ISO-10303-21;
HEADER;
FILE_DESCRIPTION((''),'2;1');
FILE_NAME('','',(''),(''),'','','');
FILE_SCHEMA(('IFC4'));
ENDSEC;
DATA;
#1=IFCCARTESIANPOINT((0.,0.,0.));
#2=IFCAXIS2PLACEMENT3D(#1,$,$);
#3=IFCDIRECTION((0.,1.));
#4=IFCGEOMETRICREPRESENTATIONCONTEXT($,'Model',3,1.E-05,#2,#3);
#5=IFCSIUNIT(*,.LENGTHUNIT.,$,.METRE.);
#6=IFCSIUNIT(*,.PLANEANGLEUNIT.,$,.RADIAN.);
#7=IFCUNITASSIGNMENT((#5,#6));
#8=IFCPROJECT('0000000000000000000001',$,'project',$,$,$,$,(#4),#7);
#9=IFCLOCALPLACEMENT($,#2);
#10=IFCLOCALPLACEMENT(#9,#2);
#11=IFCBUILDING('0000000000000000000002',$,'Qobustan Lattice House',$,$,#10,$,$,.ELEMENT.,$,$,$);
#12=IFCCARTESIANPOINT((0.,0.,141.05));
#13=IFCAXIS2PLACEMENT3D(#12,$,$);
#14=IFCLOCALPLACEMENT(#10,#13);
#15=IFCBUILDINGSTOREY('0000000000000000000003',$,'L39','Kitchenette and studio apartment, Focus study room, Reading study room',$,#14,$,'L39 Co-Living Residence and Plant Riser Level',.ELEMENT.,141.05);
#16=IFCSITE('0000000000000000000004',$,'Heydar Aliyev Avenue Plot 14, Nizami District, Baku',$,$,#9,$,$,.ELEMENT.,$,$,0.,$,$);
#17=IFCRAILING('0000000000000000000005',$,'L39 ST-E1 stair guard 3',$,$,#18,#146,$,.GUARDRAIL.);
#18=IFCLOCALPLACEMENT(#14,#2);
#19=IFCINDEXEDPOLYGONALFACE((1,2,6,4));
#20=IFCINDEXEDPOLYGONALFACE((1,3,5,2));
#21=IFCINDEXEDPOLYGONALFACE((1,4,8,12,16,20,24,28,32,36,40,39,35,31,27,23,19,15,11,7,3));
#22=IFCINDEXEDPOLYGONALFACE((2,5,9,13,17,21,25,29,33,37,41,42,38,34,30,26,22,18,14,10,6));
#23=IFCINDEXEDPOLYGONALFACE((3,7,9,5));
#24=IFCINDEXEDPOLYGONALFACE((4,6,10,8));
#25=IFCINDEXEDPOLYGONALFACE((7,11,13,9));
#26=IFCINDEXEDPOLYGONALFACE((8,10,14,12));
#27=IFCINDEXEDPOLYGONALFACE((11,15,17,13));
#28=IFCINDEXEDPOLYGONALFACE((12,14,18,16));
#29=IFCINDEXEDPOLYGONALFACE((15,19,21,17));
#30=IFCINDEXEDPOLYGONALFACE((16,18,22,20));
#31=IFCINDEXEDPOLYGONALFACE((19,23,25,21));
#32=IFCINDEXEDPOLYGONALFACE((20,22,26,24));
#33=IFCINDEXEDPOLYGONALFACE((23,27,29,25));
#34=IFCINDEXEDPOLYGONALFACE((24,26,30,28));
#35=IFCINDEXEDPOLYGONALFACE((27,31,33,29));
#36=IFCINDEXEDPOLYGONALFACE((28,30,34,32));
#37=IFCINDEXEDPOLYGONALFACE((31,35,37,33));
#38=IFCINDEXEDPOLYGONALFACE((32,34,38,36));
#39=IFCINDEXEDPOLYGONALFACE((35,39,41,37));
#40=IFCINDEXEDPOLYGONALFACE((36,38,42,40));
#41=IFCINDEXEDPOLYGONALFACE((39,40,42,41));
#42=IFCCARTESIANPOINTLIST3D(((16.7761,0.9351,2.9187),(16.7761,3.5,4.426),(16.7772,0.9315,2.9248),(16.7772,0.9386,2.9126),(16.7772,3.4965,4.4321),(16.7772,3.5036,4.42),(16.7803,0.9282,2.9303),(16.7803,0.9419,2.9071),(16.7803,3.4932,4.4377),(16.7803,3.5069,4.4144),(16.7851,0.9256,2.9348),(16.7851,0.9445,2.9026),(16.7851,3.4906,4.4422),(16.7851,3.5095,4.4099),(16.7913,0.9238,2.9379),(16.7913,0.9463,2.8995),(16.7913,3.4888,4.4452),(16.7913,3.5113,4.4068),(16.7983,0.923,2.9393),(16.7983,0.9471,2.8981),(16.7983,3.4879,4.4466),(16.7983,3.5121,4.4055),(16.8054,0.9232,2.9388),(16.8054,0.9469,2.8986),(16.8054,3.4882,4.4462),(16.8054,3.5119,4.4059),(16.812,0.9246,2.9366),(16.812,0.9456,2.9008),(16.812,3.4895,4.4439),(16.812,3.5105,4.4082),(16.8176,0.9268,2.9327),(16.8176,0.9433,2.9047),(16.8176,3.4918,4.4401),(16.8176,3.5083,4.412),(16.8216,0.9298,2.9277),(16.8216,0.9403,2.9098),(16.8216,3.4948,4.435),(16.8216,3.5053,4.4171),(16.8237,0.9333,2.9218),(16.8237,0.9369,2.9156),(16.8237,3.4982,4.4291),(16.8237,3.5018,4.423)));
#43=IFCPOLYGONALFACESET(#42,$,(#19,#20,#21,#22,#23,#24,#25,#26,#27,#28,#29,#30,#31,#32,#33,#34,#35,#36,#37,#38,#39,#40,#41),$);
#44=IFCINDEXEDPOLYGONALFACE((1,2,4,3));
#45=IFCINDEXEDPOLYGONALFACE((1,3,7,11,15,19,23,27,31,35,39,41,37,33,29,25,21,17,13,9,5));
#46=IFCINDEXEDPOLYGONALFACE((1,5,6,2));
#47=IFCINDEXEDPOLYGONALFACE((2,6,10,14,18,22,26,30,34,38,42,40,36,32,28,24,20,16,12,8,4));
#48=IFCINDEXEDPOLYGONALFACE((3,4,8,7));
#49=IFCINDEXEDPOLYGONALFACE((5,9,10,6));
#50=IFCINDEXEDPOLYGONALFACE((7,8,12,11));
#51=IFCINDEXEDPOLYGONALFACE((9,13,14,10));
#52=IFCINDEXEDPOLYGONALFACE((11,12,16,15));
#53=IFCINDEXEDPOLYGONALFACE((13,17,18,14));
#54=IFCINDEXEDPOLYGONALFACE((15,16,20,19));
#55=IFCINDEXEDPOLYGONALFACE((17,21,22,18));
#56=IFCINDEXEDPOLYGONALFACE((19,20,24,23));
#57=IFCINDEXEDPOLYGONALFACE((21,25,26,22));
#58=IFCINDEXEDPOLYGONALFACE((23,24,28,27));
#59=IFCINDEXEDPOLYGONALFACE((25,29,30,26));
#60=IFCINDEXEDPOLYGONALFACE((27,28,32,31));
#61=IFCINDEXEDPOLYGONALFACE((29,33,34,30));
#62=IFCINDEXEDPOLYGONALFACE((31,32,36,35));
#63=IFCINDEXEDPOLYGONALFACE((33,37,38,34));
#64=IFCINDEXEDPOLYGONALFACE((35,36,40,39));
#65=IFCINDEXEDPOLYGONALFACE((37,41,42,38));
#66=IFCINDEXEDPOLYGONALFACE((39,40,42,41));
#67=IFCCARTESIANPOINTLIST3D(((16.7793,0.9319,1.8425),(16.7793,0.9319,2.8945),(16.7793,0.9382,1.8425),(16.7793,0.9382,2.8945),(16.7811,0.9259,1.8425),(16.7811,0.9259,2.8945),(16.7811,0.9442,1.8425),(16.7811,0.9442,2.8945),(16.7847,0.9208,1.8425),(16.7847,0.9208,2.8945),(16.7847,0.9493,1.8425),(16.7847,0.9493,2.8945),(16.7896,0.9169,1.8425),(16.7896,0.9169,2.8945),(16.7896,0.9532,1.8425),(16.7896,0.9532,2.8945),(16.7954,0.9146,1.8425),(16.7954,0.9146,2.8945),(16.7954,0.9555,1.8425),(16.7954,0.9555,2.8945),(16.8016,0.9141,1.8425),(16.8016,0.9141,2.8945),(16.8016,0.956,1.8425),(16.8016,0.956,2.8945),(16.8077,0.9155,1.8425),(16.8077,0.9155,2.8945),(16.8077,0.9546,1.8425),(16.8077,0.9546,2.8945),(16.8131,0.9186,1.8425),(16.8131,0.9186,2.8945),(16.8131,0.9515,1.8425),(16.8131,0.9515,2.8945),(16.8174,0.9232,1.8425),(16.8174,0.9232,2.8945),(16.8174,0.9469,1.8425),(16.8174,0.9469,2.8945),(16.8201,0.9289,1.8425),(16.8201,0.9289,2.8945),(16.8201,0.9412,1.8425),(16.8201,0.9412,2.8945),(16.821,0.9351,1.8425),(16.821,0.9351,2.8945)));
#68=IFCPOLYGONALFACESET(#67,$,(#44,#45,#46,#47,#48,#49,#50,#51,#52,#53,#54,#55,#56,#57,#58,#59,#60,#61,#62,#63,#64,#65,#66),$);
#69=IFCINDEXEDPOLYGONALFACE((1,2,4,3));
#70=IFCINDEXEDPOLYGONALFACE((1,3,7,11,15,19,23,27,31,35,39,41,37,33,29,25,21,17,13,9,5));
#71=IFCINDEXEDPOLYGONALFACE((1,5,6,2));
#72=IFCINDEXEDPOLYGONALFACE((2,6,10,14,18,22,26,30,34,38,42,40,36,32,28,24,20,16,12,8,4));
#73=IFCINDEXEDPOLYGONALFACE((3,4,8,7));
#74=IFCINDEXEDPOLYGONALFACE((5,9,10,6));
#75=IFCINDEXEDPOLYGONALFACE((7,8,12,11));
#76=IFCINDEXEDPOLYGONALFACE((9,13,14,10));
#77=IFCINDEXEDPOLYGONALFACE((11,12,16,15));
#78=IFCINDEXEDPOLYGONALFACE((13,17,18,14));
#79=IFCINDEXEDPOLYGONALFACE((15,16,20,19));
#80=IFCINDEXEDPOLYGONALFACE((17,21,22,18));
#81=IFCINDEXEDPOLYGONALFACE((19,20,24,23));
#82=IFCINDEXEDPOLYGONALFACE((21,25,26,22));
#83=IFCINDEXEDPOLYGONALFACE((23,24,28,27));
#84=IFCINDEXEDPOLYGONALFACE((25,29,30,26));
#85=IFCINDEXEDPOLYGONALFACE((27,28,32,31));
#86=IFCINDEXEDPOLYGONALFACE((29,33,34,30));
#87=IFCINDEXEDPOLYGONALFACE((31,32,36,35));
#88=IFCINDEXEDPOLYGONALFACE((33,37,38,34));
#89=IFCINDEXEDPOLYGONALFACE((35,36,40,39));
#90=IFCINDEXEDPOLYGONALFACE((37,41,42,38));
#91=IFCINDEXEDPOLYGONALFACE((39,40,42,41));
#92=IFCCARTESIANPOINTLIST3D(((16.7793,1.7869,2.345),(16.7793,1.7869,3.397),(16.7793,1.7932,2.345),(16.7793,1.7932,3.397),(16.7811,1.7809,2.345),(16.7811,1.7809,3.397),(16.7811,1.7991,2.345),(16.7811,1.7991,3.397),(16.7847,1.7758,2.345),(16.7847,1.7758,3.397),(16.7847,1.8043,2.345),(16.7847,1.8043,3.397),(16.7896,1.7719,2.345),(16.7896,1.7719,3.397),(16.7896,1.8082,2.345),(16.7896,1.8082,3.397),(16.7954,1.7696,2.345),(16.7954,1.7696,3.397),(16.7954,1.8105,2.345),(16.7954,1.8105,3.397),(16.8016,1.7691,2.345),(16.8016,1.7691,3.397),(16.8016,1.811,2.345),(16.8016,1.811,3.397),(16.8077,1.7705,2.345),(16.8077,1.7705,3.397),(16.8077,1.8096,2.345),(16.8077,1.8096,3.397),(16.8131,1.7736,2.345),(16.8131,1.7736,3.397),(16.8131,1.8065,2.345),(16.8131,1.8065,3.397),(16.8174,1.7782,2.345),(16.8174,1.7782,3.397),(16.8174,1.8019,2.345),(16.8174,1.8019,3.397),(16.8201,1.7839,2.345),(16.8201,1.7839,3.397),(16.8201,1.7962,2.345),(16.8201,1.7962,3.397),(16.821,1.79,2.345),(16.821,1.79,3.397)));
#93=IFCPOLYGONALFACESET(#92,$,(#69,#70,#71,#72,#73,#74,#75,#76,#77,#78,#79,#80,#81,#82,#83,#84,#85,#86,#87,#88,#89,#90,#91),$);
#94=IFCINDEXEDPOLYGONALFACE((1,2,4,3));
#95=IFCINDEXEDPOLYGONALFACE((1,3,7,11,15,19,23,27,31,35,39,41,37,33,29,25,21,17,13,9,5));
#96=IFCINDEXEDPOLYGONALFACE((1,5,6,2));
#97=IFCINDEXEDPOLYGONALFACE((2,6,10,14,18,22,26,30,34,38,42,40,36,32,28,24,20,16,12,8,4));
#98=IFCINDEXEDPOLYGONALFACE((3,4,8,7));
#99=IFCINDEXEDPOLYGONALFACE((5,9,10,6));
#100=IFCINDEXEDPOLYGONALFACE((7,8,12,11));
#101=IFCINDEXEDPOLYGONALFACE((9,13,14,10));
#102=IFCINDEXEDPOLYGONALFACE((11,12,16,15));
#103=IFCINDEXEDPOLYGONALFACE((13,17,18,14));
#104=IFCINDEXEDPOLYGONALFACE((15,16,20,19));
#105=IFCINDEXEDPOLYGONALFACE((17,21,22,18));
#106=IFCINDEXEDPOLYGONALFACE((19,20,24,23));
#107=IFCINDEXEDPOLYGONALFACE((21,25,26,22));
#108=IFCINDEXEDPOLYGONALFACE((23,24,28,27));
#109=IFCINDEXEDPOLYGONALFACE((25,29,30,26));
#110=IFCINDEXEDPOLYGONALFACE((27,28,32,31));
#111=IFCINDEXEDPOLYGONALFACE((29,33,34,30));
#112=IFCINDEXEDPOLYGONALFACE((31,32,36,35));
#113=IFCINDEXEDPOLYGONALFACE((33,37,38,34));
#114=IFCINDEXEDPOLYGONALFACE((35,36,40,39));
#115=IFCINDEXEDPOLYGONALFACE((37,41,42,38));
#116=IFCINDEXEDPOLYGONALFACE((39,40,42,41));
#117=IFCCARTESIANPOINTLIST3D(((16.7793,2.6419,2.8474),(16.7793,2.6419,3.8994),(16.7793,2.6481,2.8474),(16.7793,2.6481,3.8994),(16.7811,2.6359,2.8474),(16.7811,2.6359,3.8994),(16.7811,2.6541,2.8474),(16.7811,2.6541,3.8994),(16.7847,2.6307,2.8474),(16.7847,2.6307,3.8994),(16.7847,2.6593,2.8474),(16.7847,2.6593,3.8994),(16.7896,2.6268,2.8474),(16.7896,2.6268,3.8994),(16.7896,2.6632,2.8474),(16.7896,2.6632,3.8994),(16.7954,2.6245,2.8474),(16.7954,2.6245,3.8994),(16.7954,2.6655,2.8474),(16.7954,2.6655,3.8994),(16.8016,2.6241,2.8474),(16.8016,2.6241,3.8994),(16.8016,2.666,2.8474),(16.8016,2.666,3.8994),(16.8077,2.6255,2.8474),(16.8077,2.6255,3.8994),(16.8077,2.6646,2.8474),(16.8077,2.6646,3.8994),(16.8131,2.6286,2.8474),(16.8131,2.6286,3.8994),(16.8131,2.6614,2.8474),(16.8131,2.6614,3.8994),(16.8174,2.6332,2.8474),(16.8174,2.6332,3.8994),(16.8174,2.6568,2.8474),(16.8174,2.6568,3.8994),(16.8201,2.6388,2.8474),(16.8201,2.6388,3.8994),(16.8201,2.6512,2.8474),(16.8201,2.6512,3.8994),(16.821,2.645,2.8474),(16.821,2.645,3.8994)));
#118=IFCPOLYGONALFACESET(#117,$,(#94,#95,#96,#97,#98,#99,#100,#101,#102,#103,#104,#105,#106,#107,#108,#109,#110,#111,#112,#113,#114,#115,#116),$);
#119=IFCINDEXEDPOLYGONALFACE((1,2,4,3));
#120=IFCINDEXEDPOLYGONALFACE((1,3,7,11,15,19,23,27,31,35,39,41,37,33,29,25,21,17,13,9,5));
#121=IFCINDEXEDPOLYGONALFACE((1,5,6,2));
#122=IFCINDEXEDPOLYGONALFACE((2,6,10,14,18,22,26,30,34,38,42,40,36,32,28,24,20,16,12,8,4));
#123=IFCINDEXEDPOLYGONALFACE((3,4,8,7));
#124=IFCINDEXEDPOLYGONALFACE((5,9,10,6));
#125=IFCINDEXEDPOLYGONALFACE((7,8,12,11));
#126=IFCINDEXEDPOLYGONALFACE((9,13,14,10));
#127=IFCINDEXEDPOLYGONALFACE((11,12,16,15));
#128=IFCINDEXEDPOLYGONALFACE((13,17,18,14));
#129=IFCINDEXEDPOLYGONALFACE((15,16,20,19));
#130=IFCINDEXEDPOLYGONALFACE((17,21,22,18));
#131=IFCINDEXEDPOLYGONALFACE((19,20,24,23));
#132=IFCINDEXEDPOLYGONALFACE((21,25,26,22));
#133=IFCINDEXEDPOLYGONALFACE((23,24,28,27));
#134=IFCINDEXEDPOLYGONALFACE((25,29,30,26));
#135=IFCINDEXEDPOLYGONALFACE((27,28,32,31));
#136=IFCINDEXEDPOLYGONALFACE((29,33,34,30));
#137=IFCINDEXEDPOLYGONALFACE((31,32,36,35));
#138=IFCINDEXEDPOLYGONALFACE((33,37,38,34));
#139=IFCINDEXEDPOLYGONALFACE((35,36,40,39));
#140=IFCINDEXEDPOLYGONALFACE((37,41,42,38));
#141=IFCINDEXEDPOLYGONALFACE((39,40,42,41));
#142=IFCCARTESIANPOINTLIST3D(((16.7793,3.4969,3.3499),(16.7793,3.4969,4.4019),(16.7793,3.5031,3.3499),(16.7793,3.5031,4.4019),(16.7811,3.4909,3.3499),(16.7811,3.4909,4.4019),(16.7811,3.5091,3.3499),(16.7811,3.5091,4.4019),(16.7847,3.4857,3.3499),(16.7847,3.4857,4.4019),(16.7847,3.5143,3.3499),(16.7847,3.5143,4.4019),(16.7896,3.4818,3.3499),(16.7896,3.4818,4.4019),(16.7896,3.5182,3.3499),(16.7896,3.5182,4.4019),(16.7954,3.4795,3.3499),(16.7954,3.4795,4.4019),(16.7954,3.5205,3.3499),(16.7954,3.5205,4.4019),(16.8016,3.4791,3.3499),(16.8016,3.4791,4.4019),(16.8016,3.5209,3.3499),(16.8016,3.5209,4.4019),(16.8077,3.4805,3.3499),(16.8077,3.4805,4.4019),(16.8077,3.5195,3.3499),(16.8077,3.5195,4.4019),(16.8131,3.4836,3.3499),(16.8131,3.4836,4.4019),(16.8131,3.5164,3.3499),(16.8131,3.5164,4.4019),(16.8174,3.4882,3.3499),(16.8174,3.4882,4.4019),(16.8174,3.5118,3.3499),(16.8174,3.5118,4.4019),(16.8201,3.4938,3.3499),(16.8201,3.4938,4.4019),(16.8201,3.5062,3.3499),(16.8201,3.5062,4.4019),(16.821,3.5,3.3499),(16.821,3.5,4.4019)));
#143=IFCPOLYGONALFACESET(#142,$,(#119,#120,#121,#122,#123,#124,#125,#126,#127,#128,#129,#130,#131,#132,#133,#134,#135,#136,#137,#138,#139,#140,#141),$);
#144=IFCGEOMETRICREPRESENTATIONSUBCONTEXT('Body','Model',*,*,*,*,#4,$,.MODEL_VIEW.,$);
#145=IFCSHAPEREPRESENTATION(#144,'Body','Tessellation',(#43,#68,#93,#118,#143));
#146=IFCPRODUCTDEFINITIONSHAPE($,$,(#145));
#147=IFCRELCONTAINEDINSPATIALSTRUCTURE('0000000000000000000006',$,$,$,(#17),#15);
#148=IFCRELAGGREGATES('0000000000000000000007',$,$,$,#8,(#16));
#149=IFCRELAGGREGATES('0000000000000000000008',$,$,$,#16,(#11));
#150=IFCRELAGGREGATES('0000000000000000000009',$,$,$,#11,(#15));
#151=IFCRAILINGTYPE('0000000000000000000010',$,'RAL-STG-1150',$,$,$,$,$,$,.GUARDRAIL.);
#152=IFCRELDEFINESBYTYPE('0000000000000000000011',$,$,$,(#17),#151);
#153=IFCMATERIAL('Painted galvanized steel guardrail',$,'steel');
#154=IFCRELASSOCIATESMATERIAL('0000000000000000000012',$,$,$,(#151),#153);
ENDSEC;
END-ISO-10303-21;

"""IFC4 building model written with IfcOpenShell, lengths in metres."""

from ifc_helpers import new_model, si_unit, direction, frame, origin, origin_2d, place, context, subcontext, project, spatial, circle, extrude, material, type_object, element, save


model = new_model("IFC4")

# Units and contexts
model_context = context("Model", 3, precision=1e-05, world=origin(), true_north=direction((0.0, 1.0)))
body_context = subcontext(model_context, "Body", "Model", "MODEL_VIEW")
ifc_project = project(units=[si_unit("LENGTHUNIT", "METRE"), si_unit("PLANEANGLEUNIT", "RADIAN")], contexts=[model_context])

# Site, building, storey
site_placement = place(None, origin())
site = spatial("IfcSite", under=ifc_project, at=site_placement, Name="Heydar Aliyev Avenue Plot 14, Nizami District, Baku", CompositionType="ELEMENT", RefElevation=0.0)
building_placement = place(site_placement, origin())
building = spatial("IfcBuilding", under=site, at=building_placement, Name="Qobustan Lattice House", CompositionType="ELEMENT")
storey_placement = place(building_placement, frame((0.0, 0.0, 141.05)))
storey = spatial("IfcBuildingStorey", under=building, at=storey_placement, Name="L39", Description="Kitchenette and studio apartment, Focus study room, Reading study room", LongName="L39 Co-Living Residence and Plant Riser Level", CompositionType="ELEMENT", Elevation=141.05)

# Railing
ifc_material_1 = material(Name="Painted galvanized steel guardrail", Category="steel")
railing_type_1 = type_object("IfcRailingType", Name="RAL-STG-1150", PredefinedType="GUARDRAIL", material=ifc_material_1)
railing_1_placement = place(storey_placement, frame((16.8, 0.9351, 1.8425)))
element("IfcRailing", 1, at=railing_1_placement, inside=storey, type_object=railing_type_1, Name="L39 ST-E1 stair guard 3", PredefinedType="GUARDRAIL", context=body_context, shape_type="SweptSolid", body=[
    extrude(circle(Radius=0.0239, at=origin_2d()), frame((0.0, 0.0, 1.0762), z_axis=(0.0, 0.862149, 0.506654), x_axis=(-1.0, 0.0, 0.0)), (0.0, 0.0, 1.0), 2.9751),
    extrude(circle(Radius=0.021, at=origin_2d()), origin(), (0.0, 0.0, 1.0), 1.052),
    extrude(circle(Radius=0.021, at=origin_2d()), frame((0.0, 0.855, 0.5024)), (0.0, 0.0, 1.0), 1.052),
    extrude(circle(Radius=0.021, at=origin_2d()), frame((0.0, 1.71, 1.0049)), (0.0, 0.0, 1.0), 1.052),
    extrude(circle(Radius=0.021, at=origin_2d()), frame((0.0, 2.5649, 1.5073)), (0.0, 0.0, 1.0), 1.052),
])

save(model, "model.ifc")
